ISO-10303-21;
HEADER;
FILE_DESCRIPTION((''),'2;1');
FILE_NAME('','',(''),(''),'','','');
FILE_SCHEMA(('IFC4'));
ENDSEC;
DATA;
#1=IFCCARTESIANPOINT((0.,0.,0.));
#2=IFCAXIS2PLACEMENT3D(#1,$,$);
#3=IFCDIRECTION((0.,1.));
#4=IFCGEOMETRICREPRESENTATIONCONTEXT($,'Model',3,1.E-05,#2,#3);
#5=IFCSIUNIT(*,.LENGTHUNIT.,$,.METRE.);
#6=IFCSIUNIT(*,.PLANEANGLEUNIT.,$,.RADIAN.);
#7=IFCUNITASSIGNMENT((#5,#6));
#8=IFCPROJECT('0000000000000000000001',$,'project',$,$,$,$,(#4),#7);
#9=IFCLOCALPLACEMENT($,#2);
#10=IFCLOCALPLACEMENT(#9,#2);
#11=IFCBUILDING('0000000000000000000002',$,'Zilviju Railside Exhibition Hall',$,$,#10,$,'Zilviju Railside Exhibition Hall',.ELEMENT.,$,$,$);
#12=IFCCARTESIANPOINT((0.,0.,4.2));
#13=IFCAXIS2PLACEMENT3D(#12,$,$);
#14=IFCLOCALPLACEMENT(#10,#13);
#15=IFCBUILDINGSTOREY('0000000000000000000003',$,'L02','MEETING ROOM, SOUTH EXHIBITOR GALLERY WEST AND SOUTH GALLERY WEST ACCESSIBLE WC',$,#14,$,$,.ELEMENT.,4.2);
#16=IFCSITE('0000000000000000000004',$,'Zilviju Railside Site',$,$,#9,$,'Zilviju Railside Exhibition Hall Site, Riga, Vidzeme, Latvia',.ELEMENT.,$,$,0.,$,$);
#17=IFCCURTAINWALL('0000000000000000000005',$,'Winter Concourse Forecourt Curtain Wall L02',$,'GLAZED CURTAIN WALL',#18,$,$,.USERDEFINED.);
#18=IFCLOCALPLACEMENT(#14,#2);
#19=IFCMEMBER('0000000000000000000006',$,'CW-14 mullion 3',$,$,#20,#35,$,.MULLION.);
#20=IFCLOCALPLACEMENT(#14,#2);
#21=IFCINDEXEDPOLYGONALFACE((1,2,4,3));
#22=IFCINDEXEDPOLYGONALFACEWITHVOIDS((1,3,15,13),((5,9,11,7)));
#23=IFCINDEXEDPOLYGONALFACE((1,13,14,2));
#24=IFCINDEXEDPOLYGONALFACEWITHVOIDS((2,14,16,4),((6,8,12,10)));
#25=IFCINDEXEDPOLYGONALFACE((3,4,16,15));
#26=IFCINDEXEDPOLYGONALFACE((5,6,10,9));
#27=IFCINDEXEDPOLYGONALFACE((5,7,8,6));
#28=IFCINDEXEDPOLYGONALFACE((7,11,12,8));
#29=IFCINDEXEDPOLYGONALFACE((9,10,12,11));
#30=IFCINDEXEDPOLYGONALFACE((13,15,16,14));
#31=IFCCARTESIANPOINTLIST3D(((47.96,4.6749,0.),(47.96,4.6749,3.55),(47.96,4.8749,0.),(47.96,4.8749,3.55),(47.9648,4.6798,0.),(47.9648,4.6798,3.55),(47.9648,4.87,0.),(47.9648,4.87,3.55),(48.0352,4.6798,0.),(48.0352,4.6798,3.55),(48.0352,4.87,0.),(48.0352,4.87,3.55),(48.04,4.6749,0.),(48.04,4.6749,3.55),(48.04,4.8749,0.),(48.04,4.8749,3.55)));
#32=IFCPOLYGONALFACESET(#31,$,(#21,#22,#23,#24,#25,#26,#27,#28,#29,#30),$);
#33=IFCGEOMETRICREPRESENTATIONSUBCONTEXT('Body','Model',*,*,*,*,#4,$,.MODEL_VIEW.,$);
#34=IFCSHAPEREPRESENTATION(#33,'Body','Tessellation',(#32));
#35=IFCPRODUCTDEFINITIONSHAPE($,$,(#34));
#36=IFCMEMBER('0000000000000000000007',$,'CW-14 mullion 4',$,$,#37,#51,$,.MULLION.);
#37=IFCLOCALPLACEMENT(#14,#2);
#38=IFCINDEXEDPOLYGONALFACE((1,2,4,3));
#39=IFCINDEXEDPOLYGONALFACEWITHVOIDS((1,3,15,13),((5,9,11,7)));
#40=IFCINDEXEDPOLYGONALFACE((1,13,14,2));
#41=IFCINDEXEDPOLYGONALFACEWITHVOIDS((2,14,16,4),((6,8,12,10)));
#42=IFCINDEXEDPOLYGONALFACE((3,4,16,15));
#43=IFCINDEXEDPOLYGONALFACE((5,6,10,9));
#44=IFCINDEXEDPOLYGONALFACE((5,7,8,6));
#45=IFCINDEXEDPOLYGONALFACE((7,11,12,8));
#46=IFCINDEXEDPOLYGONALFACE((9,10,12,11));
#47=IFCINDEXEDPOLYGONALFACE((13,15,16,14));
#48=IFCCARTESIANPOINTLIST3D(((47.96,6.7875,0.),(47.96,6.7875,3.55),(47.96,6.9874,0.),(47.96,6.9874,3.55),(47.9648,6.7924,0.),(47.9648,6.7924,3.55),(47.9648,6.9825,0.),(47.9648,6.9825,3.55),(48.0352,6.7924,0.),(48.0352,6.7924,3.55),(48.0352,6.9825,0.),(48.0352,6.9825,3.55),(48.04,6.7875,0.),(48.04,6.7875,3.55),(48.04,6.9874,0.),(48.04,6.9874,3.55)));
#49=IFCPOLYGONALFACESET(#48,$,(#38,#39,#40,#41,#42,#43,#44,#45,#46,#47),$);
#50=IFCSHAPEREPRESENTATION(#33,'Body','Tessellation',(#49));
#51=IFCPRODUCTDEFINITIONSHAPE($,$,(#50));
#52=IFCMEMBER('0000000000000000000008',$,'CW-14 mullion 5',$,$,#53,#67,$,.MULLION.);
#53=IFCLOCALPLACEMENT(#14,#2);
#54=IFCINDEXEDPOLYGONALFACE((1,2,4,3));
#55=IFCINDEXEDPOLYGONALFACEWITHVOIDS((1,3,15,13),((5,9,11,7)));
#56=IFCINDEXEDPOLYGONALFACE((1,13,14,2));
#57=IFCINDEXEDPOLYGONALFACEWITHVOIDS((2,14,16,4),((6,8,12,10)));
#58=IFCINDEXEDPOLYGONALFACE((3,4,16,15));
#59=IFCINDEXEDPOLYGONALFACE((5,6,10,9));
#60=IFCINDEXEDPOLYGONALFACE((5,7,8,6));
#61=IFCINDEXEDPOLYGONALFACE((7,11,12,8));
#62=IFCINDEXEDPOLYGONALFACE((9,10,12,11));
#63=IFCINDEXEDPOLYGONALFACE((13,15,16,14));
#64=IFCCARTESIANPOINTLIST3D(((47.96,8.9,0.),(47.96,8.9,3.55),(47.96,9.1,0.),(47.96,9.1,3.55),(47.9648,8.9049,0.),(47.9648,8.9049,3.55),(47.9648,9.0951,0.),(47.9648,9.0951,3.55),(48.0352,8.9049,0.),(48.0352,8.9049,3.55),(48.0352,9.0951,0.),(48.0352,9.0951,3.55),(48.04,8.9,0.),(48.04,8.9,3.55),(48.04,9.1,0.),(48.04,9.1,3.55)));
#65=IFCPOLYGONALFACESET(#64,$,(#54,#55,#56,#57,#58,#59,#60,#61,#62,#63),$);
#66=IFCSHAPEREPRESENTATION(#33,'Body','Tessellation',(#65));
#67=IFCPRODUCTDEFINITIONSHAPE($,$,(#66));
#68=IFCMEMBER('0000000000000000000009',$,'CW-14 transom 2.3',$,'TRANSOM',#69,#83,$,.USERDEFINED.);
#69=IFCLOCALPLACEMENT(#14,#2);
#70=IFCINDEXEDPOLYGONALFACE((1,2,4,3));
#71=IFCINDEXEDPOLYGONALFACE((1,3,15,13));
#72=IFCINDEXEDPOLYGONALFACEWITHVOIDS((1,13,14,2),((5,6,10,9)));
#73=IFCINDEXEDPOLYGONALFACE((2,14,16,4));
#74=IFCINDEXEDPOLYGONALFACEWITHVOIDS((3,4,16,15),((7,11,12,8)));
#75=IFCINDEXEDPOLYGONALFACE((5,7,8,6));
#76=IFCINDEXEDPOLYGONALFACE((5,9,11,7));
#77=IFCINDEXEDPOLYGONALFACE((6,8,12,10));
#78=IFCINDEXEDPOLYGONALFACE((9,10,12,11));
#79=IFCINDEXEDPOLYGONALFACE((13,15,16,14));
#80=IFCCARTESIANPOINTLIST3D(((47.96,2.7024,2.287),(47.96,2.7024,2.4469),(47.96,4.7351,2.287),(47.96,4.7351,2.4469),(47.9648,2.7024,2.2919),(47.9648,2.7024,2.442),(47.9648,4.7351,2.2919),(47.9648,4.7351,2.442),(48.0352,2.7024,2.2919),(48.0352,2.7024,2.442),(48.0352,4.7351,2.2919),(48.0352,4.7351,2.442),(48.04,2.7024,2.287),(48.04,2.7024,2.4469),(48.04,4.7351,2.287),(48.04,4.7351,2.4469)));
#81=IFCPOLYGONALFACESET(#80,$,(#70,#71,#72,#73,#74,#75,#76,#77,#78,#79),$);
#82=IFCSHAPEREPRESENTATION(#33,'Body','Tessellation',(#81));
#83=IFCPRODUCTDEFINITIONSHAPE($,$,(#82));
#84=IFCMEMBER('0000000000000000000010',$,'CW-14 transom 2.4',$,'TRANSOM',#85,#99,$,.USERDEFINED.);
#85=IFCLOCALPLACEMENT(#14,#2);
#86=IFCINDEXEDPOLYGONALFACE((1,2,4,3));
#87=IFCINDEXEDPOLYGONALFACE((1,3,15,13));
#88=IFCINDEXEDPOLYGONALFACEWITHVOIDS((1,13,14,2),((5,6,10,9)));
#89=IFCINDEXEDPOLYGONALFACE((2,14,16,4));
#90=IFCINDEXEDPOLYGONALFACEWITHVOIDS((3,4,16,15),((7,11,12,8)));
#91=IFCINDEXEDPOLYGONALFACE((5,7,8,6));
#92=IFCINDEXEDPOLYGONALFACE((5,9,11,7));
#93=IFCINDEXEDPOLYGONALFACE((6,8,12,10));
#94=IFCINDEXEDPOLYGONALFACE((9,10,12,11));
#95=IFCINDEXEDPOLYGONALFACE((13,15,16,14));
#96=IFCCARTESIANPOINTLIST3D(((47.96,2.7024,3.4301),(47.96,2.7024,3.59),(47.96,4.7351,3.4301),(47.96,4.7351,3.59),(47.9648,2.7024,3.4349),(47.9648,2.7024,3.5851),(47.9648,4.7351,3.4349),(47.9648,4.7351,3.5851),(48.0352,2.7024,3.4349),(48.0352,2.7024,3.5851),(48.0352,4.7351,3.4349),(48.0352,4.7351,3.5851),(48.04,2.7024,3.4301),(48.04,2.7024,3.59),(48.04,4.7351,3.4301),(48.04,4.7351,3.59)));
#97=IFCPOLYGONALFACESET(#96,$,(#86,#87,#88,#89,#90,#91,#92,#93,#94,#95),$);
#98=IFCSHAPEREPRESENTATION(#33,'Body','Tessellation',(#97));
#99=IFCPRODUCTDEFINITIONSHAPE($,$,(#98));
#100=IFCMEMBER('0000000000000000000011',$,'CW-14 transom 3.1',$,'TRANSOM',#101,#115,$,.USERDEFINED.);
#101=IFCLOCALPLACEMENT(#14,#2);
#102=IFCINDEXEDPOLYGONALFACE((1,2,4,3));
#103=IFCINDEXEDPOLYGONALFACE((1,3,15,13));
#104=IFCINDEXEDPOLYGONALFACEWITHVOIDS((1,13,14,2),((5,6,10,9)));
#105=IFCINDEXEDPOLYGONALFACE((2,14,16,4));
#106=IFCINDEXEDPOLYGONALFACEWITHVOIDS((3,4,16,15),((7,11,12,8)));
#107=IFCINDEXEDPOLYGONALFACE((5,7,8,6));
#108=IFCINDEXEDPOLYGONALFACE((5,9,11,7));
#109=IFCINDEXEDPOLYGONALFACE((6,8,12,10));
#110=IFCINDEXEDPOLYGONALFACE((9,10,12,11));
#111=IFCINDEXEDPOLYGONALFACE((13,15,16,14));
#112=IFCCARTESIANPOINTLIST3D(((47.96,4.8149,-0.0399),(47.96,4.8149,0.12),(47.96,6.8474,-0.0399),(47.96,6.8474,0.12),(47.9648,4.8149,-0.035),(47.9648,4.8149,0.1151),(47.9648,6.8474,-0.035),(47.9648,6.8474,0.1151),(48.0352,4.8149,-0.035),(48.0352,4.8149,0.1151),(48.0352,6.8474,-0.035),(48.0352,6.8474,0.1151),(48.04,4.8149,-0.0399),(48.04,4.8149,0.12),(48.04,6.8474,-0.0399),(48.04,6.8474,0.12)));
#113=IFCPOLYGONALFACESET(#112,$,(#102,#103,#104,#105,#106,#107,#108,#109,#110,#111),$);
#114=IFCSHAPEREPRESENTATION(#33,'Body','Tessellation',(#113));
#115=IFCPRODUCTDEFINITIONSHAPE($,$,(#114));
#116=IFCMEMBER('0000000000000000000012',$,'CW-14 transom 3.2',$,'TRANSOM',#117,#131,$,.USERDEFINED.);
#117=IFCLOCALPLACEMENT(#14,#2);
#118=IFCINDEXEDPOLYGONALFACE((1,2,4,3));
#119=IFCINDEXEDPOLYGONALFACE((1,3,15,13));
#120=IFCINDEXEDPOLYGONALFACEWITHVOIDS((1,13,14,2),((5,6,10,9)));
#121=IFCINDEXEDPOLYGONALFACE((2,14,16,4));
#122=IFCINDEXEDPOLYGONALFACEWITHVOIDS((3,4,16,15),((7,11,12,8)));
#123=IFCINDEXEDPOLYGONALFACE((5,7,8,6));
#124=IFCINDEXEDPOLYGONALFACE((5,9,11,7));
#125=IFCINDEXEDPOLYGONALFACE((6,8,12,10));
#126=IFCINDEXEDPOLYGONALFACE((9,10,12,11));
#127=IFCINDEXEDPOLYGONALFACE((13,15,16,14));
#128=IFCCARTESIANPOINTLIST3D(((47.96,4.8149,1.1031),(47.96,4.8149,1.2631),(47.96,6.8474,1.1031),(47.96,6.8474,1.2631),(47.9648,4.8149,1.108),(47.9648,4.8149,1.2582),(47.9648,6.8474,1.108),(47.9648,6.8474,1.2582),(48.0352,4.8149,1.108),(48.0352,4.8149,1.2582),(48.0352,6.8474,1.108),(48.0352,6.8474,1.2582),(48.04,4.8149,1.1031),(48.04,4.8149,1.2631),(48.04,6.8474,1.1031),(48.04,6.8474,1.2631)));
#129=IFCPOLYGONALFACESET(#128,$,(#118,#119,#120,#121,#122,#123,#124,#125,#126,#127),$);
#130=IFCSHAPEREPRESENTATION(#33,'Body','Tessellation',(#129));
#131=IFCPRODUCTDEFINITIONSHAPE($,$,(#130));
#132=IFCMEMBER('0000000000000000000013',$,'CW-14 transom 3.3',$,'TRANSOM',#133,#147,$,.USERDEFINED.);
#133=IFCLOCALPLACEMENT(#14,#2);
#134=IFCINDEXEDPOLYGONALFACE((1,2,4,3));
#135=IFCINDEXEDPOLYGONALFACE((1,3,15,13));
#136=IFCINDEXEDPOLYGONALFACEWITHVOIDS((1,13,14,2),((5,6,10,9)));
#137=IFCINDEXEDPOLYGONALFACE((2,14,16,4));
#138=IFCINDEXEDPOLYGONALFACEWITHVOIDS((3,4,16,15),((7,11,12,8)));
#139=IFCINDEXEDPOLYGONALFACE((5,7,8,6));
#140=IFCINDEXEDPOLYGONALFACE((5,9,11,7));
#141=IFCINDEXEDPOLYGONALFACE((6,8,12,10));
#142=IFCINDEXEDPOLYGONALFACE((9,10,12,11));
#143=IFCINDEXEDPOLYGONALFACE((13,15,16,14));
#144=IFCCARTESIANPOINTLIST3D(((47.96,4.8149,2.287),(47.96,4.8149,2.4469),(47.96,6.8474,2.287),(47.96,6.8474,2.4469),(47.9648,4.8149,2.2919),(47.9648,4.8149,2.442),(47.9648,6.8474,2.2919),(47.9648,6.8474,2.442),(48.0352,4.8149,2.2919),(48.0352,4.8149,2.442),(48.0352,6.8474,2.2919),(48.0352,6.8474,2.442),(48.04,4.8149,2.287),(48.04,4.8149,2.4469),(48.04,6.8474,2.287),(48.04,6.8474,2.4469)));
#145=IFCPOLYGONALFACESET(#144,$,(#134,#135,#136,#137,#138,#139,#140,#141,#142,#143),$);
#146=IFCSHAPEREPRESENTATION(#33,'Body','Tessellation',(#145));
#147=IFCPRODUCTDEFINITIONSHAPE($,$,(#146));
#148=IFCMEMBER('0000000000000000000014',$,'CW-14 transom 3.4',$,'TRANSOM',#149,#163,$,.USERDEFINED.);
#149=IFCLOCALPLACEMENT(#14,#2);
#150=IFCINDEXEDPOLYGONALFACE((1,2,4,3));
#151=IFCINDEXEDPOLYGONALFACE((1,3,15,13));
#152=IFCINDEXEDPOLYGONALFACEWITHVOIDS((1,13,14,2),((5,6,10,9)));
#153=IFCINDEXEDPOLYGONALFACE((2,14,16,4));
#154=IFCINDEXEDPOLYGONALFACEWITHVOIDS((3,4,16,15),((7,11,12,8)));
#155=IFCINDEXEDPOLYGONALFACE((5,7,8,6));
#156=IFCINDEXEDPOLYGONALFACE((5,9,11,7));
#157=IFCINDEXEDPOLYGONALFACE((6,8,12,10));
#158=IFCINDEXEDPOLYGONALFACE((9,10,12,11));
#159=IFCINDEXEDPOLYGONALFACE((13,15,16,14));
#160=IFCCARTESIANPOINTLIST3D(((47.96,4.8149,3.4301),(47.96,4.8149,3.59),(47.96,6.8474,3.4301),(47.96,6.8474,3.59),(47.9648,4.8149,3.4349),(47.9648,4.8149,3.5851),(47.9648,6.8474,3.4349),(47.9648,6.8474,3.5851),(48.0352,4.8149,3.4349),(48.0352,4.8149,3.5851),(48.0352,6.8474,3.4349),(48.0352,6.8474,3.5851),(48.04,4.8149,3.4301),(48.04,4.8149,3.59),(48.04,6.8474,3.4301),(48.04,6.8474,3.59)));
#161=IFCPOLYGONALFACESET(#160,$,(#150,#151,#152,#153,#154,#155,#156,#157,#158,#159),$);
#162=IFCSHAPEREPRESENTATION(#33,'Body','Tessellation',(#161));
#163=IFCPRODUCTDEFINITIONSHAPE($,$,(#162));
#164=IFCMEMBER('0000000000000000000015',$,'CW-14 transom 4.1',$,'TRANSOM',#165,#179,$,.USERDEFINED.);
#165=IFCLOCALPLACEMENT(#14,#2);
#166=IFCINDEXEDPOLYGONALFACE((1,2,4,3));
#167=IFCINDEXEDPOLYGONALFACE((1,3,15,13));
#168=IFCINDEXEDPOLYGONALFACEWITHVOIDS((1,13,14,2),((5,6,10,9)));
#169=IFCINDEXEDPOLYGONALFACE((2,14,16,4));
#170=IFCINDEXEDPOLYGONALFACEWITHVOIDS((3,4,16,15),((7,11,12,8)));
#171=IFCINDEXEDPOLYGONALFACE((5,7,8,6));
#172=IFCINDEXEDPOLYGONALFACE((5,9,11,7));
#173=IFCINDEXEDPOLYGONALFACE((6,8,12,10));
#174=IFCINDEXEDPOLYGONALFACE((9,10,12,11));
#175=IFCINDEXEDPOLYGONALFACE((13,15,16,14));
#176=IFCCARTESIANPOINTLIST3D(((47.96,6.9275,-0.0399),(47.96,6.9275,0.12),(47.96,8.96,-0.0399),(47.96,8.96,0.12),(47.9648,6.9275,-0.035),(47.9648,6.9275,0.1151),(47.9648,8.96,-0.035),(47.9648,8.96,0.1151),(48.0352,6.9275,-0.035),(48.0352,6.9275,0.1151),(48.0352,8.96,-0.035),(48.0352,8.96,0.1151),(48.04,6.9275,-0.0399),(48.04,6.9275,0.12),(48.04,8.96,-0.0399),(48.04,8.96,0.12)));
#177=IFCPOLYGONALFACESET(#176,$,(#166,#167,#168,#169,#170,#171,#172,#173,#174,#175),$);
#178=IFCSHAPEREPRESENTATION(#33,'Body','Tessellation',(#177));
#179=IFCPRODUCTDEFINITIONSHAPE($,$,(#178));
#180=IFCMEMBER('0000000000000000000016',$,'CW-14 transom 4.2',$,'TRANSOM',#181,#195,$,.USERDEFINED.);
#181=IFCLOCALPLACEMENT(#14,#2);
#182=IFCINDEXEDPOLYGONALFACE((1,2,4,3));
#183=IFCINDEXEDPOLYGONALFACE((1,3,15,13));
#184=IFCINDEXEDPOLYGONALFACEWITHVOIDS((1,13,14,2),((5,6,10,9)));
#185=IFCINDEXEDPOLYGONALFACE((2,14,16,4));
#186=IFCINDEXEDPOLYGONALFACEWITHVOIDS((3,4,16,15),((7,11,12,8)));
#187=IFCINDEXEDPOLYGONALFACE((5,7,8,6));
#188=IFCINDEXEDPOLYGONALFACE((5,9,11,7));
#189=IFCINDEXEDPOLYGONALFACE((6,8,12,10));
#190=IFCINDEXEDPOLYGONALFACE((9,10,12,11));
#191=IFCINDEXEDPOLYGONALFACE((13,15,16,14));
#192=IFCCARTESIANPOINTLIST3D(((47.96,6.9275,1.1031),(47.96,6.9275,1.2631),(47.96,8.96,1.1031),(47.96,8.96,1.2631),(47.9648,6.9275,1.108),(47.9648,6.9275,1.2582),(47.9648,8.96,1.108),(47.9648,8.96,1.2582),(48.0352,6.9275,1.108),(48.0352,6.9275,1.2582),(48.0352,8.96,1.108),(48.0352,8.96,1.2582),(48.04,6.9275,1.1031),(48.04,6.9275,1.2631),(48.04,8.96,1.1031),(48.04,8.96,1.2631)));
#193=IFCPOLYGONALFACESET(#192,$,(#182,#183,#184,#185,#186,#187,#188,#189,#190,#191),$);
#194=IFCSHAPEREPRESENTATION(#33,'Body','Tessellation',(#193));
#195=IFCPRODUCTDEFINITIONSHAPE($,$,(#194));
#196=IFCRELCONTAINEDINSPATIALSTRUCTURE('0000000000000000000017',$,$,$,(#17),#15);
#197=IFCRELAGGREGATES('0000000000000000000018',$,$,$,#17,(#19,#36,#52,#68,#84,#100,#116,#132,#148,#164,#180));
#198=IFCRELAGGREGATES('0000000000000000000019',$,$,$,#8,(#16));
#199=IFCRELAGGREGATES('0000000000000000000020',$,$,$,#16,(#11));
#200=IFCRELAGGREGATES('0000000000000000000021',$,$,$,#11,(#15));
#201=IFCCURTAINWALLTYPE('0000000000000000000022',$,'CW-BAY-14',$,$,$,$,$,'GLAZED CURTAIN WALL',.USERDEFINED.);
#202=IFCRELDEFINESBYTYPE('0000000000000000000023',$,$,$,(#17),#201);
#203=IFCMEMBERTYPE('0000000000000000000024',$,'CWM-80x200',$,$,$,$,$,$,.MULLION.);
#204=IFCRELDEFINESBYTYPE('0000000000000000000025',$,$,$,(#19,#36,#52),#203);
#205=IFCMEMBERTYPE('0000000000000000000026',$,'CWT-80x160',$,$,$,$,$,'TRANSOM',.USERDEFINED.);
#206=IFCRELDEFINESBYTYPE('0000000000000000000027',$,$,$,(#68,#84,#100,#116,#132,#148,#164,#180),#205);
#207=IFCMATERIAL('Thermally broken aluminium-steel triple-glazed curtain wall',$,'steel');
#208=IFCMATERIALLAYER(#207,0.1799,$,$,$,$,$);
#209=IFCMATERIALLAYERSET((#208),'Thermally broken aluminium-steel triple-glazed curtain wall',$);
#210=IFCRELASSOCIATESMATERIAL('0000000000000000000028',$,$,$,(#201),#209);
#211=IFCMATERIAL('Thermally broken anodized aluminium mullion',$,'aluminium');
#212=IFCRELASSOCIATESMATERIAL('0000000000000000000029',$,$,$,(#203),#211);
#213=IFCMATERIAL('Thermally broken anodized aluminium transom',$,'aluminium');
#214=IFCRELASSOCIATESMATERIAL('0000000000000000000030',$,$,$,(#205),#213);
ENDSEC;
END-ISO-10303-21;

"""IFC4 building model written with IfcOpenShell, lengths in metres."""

from ifc_helpers import new_model, si_unit, direction, frame, origin, origin_2d, place, context, subcontext, project, spatial, hollow_rectangle, extrude, material, layer, layer_set, material_profile, profile_set, type_object, element, aggregate, save


model = new_model("IFC4")

# Units and contexts
model_context = context("Model", 3, precision=1e-05, world=origin(), true_north=direction((0.0, 1.0)))
body_context = subcontext(model_context, "Body", "Model", "MODEL_VIEW")
ifc_project = project(units=[si_unit("LENGTHUNIT", "METRE"), si_unit("PLANEANGLEUNIT", "RADIAN")], contexts=[model_context])

# Site, building, storey
site_placement = place(None, origin())
site = spatial("IfcSite", under=ifc_project, at=site_placement, Name="Zilviju Railside Site", LongName="Zilviju Railside Exhibition Hall Site, Riga, Vidzeme, Latvia", CompositionType="ELEMENT", RefElevation=0.0)
building_placement = place(site_placement, origin())
building = spatial("IfcBuilding", under=site, at=building_placement, Name="Zilviju Railside Exhibition Hall", LongName="Zilviju Railside Exhibition Hall", CompositionType="ELEMENT")
storey_placement = place(building_placement, frame((0.0, 0.0, 4.2)))
storey = spatial("IfcBuildingStorey", under=building, at=storey_placement, Name="L02", Description="MEETING ROOM, SOUTH EXHIBITOR GALLERY WEST AND SOUTH GALLERY WEST ACCESSIBLE WC", CompositionType="ELEMENT", Elevation=4.2)

# Curtain wall, members
ifc_material_1 = material(Name="Thermally broken aluminium-steel triple-glazed curtain wall", Category="steel")
ifc_layer_1 = layer(ifc_material_1, 0.1799)
ifc_layer_set_1 = layer_set([ifc_layer_1], Name="Thermally broken aluminium-steel triple-glazed curtain wall")
curtain_wall_type = type_object("IfcCurtainWallType", Name="CW-BAY-14", ElementType="GLAZED CURTAIN WALL", PredefinedType="USERDEFINED", material=ifc_layer_set_1)
curtain_wall_placement = place(storey_placement, origin())
curtain_wall = element("IfcCurtainWall", 1, at=curtain_wall_placement, inside=storey, type_object=curtain_wall_type, Name="Winter Concourse Forecourt Curtain Wall L02", ObjectType="GLAZED CURTAIN WALL", PredefinedType="USERDEFINED")
ifc_material_2 = material(Name="Thermally broken anodized aluminium mullion", Category="aluminium")
ifc_material_profile_1 = material_profile(ifc_material_2, hollow_rectangle(XDim=0.0801, YDim=0.2, WallThickness=0.0049, at=origin_2d()), Name="MULLION 200x80x5")
ifc_profile_set_1 = profile_set([ifc_material_profile_1], Name="Thermally broken anodized aluminium mullion")
member_type_1 = type_object("IfcMemberType", Name="CWM-80x200", PredefinedType="MULLION", material=ifc_profile_set_1)
member_1_placement = place(storey_placement, frame((48.0, 4.7749, 0.0), z_axis=(0.0, 0.0, 1.0), x_axis=(-1.0, 0.0, 0.0)))
member_1 = element("IfcMember", 2, at=member_1_placement, type_object=member_type_1, Name="CW-14 mullion 3", PredefinedType="MULLION", context=body_context, shape_type="SweptSolid", body=[
    extrude(hollow_rectangle(XDim=0.0801, YDim=0.2, WallThickness=0.0049, at=origin_2d()), origin(), (0.0, 0.0, 1.0), 3.55),
])
member_2_placement = place(storey_placement, frame((48.0, 6.8875, 0.0), z_axis=(0.0, 0.0, 1.0), x_axis=(-1.0, 0.0, 0.0)))
member_2 = element("IfcMember", 3, at=member_2_placement, type_object=member_type_1, Name="CW-14 mullion 4", PredefinedType="MULLION", context=body_context, shape_type="SweptSolid", body=[
    extrude(hollow_rectangle(XDim=0.0801, YDim=0.2, WallThickness=0.0049, at=origin_2d()), origin(), (0.0, 0.0, 1.0), 3.55),
])
member_3_placement = place(storey_placement, frame((48.0, 9.0, 0.0), z_axis=(0.0, 0.0, 1.0), x_axis=(-1.0, 0.0, 0.0)))
member_3 = element("IfcMember", 4, at=member_3_placement, type_object=member_type_1, Name="CW-14 mullion 5", PredefinedType="MULLION", context=body_context, shape_type="SweptSolid", body=[
    extrude(hollow_rectangle(XDim=0.0801, YDim=0.2, WallThickness=0.0049, at=origin_2d()), origin(), (0.0, 0.0, 1.0), 3.55),
])
ifc_material_3 = material(Name="Thermally broken anodized aluminium transom", Category="aluminium")
ifc_material_profile_2 = material_profile(ifc_material_3, hollow_rectangle(XDim=0.0801, YDim=0.1599, WallThickness=0.0049, at=origin_2d()), Name="TRANSOM 160x80x5")
ifc_profile_set_2 = profile_set([ifc_material_profile_2], Name="Thermally broken anodized aluminium transom")
member_type_2 = type_object("IfcMemberType", Name="CWT-80x160", ElementType="TRANSOM", PredefinedType="USERDEFINED", material=ifc_profile_set_2)
member_4_placement = place(storey_placement, frame((48.0, 2.7024, 2.3669), z_axis=(0.0, 1.0, 0.0), x_axis=(-1.0, 0.0, 0.0)))
member_4 = element("IfcMember", 5, at=member_4_placement, type_object=member_type_2, Name="CW-14 transom 2.3", ObjectType="TRANSOM", PredefinedType="USERDEFINED", context=body_context, shape_type="SweptSolid", body=[
    extrude(hollow_rectangle(XDim=0.0801, YDim=0.1599, WallThickness=0.0049, at=origin_2d()), origin(), (0.0, 0.0, 1.0), 2.0327),
])
member_5_placement = place(storey_placement, frame((48.0, 2.7024, 3.51), z_axis=(0.0, 1.0, 0.0), x_axis=(-1.0, 0.0, 0.0)))
member_5 = element("IfcMember", 6, at=member_5_placement, type_object=member_type_2, Name="CW-14 transom 2.4", ObjectType="TRANSOM", PredefinedType="USERDEFINED", context=body_context, shape_type="SweptSolid", body=[
    extrude(hollow_rectangle(XDim=0.0801, YDim=0.1599, WallThickness=0.0049, at=origin_2d()), origin(), (0.0, 0.0, 1.0), 2.0327),
])
member_6_placement = place(storey_placement, frame((48.0, 4.8149, 0.04), z_axis=(0.0, 1.0, 0.0), x_axis=(-1.0, 0.0, 0.0)))
member_6 = element("IfcMember", 7, at=member_6_placement, type_object=member_type_2, Name="CW-14 transom 3.1", ObjectType="TRANSOM", PredefinedType="USERDEFINED", context=body_context, shape_type="SweptSolid", body=[
    extrude(hollow_rectangle(XDim=0.0801, YDim=0.1599, WallThickness=0.0049, at=origin_2d()), origin(), (0.0, 0.0, 1.0), 2.0325),
])
member_7_placement = place(storey_placement, frame((48.0, 4.8149, 1.1831), z_axis=(0.0, 1.0, 0.0), x_axis=(-1.0, 0.0, 0.0)))
member_7 = element("IfcMember", 8, at=member_7_placement, type_object=member_type_2, Name="CW-14 transom 3.2", ObjectType="TRANSOM", PredefinedType="USERDEFINED", context=body_context, shape_type="SweptSolid", body=[
    extrude(hollow_rectangle(XDim=0.0801, YDim=0.1599, WallThickness=0.0049, at=origin_2d()), origin(), (0.0, 0.0, 1.0), 2.0325),
])
member_8_placement = place(storey_placement, frame((48.0, 4.8149, 2.3669), z_axis=(0.0, 1.0, 0.0), x_axis=(-1.0, 0.0, 0.0)))
member_8 = element("IfcMember", 9, at=member_8_placement, type_object=member_type_2, Name="CW-14 transom 3.3", ObjectType="TRANSOM", PredefinedType="USERDEFINED", context=body_context, shape_type="SweptSolid", body=[
    extrude(hollow_rectangle(XDim=0.0801, YDim=0.1599, WallThickness=0.0049, at=origin_2d()), origin(), (0.0, 0.0, 1.0), 2.0325),
])
member_9_placement = place(storey_placement, frame((48.0, 4.8149, 3.51), z_axis=(0.0, 1.0, 0.0), x_axis=(-1.0, 0.0, 0.0)))
member_9 = element("IfcMember", 10, at=member_9_placement, type_object=member_type_2, Name="CW-14 transom 3.4", ObjectType="TRANSOM", PredefinedType="USERDEFINED", context=body_context, shape_type="SweptSolid", body=[
    extrude(hollow_rectangle(XDim=0.0801, YDim=0.1599, WallThickness=0.0049, at=origin_2d()), origin(), (0.0, 0.0, 1.0), 2.0325),
])
member_10_placement = place(storey_placement, frame((48.0, 6.9275, 0.04), z_axis=(0.0, 1.0, 0.0), x_axis=(-1.0, 0.0, 0.0)))
member_10 = element("IfcMember", 11, at=member_10_placement, type_object=member_type_2, Name="CW-14 transom 4.1", ObjectType="TRANSOM", PredefinedType="USERDEFINED", context=body_context, shape_type="SweptSolid", body=[
    extrude(hollow_rectangle(XDim=0.0801, YDim=0.1599, WallThickness=0.0049, at=origin_2d()), origin(), (0.0, 0.0, 1.0), 2.0325),
])
member_11_placement = place(storey_placement, frame((48.0, 6.9275, 1.1831), z_axis=(0.0, 1.0, 0.0), x_axis=(-1.0, 0.0, 0.0)))
member_11 = element("IfcMember", 12, at=member_11_placement, type_object=member_type_2, Name="CW-14 transom 4.2", ObjectType="TRANSOM", PredefinedType="USERDEFINED", context=body_context, shape_type="SweptSolid", body=[
    extrude(hollow_rectangle(XDim=0.0801, YDim=0.1599, WallThickness=0.0049, at=origin_2d()), origin(), (0.0, 0.0, 1.0), 2.0325),
])
aggregate(curtain_wall, [member_1, member_2, member_3, member_4, member_5, member_6, member_7, member_8, member_9, member_10, member_11])

save(model, "model.ifc")
